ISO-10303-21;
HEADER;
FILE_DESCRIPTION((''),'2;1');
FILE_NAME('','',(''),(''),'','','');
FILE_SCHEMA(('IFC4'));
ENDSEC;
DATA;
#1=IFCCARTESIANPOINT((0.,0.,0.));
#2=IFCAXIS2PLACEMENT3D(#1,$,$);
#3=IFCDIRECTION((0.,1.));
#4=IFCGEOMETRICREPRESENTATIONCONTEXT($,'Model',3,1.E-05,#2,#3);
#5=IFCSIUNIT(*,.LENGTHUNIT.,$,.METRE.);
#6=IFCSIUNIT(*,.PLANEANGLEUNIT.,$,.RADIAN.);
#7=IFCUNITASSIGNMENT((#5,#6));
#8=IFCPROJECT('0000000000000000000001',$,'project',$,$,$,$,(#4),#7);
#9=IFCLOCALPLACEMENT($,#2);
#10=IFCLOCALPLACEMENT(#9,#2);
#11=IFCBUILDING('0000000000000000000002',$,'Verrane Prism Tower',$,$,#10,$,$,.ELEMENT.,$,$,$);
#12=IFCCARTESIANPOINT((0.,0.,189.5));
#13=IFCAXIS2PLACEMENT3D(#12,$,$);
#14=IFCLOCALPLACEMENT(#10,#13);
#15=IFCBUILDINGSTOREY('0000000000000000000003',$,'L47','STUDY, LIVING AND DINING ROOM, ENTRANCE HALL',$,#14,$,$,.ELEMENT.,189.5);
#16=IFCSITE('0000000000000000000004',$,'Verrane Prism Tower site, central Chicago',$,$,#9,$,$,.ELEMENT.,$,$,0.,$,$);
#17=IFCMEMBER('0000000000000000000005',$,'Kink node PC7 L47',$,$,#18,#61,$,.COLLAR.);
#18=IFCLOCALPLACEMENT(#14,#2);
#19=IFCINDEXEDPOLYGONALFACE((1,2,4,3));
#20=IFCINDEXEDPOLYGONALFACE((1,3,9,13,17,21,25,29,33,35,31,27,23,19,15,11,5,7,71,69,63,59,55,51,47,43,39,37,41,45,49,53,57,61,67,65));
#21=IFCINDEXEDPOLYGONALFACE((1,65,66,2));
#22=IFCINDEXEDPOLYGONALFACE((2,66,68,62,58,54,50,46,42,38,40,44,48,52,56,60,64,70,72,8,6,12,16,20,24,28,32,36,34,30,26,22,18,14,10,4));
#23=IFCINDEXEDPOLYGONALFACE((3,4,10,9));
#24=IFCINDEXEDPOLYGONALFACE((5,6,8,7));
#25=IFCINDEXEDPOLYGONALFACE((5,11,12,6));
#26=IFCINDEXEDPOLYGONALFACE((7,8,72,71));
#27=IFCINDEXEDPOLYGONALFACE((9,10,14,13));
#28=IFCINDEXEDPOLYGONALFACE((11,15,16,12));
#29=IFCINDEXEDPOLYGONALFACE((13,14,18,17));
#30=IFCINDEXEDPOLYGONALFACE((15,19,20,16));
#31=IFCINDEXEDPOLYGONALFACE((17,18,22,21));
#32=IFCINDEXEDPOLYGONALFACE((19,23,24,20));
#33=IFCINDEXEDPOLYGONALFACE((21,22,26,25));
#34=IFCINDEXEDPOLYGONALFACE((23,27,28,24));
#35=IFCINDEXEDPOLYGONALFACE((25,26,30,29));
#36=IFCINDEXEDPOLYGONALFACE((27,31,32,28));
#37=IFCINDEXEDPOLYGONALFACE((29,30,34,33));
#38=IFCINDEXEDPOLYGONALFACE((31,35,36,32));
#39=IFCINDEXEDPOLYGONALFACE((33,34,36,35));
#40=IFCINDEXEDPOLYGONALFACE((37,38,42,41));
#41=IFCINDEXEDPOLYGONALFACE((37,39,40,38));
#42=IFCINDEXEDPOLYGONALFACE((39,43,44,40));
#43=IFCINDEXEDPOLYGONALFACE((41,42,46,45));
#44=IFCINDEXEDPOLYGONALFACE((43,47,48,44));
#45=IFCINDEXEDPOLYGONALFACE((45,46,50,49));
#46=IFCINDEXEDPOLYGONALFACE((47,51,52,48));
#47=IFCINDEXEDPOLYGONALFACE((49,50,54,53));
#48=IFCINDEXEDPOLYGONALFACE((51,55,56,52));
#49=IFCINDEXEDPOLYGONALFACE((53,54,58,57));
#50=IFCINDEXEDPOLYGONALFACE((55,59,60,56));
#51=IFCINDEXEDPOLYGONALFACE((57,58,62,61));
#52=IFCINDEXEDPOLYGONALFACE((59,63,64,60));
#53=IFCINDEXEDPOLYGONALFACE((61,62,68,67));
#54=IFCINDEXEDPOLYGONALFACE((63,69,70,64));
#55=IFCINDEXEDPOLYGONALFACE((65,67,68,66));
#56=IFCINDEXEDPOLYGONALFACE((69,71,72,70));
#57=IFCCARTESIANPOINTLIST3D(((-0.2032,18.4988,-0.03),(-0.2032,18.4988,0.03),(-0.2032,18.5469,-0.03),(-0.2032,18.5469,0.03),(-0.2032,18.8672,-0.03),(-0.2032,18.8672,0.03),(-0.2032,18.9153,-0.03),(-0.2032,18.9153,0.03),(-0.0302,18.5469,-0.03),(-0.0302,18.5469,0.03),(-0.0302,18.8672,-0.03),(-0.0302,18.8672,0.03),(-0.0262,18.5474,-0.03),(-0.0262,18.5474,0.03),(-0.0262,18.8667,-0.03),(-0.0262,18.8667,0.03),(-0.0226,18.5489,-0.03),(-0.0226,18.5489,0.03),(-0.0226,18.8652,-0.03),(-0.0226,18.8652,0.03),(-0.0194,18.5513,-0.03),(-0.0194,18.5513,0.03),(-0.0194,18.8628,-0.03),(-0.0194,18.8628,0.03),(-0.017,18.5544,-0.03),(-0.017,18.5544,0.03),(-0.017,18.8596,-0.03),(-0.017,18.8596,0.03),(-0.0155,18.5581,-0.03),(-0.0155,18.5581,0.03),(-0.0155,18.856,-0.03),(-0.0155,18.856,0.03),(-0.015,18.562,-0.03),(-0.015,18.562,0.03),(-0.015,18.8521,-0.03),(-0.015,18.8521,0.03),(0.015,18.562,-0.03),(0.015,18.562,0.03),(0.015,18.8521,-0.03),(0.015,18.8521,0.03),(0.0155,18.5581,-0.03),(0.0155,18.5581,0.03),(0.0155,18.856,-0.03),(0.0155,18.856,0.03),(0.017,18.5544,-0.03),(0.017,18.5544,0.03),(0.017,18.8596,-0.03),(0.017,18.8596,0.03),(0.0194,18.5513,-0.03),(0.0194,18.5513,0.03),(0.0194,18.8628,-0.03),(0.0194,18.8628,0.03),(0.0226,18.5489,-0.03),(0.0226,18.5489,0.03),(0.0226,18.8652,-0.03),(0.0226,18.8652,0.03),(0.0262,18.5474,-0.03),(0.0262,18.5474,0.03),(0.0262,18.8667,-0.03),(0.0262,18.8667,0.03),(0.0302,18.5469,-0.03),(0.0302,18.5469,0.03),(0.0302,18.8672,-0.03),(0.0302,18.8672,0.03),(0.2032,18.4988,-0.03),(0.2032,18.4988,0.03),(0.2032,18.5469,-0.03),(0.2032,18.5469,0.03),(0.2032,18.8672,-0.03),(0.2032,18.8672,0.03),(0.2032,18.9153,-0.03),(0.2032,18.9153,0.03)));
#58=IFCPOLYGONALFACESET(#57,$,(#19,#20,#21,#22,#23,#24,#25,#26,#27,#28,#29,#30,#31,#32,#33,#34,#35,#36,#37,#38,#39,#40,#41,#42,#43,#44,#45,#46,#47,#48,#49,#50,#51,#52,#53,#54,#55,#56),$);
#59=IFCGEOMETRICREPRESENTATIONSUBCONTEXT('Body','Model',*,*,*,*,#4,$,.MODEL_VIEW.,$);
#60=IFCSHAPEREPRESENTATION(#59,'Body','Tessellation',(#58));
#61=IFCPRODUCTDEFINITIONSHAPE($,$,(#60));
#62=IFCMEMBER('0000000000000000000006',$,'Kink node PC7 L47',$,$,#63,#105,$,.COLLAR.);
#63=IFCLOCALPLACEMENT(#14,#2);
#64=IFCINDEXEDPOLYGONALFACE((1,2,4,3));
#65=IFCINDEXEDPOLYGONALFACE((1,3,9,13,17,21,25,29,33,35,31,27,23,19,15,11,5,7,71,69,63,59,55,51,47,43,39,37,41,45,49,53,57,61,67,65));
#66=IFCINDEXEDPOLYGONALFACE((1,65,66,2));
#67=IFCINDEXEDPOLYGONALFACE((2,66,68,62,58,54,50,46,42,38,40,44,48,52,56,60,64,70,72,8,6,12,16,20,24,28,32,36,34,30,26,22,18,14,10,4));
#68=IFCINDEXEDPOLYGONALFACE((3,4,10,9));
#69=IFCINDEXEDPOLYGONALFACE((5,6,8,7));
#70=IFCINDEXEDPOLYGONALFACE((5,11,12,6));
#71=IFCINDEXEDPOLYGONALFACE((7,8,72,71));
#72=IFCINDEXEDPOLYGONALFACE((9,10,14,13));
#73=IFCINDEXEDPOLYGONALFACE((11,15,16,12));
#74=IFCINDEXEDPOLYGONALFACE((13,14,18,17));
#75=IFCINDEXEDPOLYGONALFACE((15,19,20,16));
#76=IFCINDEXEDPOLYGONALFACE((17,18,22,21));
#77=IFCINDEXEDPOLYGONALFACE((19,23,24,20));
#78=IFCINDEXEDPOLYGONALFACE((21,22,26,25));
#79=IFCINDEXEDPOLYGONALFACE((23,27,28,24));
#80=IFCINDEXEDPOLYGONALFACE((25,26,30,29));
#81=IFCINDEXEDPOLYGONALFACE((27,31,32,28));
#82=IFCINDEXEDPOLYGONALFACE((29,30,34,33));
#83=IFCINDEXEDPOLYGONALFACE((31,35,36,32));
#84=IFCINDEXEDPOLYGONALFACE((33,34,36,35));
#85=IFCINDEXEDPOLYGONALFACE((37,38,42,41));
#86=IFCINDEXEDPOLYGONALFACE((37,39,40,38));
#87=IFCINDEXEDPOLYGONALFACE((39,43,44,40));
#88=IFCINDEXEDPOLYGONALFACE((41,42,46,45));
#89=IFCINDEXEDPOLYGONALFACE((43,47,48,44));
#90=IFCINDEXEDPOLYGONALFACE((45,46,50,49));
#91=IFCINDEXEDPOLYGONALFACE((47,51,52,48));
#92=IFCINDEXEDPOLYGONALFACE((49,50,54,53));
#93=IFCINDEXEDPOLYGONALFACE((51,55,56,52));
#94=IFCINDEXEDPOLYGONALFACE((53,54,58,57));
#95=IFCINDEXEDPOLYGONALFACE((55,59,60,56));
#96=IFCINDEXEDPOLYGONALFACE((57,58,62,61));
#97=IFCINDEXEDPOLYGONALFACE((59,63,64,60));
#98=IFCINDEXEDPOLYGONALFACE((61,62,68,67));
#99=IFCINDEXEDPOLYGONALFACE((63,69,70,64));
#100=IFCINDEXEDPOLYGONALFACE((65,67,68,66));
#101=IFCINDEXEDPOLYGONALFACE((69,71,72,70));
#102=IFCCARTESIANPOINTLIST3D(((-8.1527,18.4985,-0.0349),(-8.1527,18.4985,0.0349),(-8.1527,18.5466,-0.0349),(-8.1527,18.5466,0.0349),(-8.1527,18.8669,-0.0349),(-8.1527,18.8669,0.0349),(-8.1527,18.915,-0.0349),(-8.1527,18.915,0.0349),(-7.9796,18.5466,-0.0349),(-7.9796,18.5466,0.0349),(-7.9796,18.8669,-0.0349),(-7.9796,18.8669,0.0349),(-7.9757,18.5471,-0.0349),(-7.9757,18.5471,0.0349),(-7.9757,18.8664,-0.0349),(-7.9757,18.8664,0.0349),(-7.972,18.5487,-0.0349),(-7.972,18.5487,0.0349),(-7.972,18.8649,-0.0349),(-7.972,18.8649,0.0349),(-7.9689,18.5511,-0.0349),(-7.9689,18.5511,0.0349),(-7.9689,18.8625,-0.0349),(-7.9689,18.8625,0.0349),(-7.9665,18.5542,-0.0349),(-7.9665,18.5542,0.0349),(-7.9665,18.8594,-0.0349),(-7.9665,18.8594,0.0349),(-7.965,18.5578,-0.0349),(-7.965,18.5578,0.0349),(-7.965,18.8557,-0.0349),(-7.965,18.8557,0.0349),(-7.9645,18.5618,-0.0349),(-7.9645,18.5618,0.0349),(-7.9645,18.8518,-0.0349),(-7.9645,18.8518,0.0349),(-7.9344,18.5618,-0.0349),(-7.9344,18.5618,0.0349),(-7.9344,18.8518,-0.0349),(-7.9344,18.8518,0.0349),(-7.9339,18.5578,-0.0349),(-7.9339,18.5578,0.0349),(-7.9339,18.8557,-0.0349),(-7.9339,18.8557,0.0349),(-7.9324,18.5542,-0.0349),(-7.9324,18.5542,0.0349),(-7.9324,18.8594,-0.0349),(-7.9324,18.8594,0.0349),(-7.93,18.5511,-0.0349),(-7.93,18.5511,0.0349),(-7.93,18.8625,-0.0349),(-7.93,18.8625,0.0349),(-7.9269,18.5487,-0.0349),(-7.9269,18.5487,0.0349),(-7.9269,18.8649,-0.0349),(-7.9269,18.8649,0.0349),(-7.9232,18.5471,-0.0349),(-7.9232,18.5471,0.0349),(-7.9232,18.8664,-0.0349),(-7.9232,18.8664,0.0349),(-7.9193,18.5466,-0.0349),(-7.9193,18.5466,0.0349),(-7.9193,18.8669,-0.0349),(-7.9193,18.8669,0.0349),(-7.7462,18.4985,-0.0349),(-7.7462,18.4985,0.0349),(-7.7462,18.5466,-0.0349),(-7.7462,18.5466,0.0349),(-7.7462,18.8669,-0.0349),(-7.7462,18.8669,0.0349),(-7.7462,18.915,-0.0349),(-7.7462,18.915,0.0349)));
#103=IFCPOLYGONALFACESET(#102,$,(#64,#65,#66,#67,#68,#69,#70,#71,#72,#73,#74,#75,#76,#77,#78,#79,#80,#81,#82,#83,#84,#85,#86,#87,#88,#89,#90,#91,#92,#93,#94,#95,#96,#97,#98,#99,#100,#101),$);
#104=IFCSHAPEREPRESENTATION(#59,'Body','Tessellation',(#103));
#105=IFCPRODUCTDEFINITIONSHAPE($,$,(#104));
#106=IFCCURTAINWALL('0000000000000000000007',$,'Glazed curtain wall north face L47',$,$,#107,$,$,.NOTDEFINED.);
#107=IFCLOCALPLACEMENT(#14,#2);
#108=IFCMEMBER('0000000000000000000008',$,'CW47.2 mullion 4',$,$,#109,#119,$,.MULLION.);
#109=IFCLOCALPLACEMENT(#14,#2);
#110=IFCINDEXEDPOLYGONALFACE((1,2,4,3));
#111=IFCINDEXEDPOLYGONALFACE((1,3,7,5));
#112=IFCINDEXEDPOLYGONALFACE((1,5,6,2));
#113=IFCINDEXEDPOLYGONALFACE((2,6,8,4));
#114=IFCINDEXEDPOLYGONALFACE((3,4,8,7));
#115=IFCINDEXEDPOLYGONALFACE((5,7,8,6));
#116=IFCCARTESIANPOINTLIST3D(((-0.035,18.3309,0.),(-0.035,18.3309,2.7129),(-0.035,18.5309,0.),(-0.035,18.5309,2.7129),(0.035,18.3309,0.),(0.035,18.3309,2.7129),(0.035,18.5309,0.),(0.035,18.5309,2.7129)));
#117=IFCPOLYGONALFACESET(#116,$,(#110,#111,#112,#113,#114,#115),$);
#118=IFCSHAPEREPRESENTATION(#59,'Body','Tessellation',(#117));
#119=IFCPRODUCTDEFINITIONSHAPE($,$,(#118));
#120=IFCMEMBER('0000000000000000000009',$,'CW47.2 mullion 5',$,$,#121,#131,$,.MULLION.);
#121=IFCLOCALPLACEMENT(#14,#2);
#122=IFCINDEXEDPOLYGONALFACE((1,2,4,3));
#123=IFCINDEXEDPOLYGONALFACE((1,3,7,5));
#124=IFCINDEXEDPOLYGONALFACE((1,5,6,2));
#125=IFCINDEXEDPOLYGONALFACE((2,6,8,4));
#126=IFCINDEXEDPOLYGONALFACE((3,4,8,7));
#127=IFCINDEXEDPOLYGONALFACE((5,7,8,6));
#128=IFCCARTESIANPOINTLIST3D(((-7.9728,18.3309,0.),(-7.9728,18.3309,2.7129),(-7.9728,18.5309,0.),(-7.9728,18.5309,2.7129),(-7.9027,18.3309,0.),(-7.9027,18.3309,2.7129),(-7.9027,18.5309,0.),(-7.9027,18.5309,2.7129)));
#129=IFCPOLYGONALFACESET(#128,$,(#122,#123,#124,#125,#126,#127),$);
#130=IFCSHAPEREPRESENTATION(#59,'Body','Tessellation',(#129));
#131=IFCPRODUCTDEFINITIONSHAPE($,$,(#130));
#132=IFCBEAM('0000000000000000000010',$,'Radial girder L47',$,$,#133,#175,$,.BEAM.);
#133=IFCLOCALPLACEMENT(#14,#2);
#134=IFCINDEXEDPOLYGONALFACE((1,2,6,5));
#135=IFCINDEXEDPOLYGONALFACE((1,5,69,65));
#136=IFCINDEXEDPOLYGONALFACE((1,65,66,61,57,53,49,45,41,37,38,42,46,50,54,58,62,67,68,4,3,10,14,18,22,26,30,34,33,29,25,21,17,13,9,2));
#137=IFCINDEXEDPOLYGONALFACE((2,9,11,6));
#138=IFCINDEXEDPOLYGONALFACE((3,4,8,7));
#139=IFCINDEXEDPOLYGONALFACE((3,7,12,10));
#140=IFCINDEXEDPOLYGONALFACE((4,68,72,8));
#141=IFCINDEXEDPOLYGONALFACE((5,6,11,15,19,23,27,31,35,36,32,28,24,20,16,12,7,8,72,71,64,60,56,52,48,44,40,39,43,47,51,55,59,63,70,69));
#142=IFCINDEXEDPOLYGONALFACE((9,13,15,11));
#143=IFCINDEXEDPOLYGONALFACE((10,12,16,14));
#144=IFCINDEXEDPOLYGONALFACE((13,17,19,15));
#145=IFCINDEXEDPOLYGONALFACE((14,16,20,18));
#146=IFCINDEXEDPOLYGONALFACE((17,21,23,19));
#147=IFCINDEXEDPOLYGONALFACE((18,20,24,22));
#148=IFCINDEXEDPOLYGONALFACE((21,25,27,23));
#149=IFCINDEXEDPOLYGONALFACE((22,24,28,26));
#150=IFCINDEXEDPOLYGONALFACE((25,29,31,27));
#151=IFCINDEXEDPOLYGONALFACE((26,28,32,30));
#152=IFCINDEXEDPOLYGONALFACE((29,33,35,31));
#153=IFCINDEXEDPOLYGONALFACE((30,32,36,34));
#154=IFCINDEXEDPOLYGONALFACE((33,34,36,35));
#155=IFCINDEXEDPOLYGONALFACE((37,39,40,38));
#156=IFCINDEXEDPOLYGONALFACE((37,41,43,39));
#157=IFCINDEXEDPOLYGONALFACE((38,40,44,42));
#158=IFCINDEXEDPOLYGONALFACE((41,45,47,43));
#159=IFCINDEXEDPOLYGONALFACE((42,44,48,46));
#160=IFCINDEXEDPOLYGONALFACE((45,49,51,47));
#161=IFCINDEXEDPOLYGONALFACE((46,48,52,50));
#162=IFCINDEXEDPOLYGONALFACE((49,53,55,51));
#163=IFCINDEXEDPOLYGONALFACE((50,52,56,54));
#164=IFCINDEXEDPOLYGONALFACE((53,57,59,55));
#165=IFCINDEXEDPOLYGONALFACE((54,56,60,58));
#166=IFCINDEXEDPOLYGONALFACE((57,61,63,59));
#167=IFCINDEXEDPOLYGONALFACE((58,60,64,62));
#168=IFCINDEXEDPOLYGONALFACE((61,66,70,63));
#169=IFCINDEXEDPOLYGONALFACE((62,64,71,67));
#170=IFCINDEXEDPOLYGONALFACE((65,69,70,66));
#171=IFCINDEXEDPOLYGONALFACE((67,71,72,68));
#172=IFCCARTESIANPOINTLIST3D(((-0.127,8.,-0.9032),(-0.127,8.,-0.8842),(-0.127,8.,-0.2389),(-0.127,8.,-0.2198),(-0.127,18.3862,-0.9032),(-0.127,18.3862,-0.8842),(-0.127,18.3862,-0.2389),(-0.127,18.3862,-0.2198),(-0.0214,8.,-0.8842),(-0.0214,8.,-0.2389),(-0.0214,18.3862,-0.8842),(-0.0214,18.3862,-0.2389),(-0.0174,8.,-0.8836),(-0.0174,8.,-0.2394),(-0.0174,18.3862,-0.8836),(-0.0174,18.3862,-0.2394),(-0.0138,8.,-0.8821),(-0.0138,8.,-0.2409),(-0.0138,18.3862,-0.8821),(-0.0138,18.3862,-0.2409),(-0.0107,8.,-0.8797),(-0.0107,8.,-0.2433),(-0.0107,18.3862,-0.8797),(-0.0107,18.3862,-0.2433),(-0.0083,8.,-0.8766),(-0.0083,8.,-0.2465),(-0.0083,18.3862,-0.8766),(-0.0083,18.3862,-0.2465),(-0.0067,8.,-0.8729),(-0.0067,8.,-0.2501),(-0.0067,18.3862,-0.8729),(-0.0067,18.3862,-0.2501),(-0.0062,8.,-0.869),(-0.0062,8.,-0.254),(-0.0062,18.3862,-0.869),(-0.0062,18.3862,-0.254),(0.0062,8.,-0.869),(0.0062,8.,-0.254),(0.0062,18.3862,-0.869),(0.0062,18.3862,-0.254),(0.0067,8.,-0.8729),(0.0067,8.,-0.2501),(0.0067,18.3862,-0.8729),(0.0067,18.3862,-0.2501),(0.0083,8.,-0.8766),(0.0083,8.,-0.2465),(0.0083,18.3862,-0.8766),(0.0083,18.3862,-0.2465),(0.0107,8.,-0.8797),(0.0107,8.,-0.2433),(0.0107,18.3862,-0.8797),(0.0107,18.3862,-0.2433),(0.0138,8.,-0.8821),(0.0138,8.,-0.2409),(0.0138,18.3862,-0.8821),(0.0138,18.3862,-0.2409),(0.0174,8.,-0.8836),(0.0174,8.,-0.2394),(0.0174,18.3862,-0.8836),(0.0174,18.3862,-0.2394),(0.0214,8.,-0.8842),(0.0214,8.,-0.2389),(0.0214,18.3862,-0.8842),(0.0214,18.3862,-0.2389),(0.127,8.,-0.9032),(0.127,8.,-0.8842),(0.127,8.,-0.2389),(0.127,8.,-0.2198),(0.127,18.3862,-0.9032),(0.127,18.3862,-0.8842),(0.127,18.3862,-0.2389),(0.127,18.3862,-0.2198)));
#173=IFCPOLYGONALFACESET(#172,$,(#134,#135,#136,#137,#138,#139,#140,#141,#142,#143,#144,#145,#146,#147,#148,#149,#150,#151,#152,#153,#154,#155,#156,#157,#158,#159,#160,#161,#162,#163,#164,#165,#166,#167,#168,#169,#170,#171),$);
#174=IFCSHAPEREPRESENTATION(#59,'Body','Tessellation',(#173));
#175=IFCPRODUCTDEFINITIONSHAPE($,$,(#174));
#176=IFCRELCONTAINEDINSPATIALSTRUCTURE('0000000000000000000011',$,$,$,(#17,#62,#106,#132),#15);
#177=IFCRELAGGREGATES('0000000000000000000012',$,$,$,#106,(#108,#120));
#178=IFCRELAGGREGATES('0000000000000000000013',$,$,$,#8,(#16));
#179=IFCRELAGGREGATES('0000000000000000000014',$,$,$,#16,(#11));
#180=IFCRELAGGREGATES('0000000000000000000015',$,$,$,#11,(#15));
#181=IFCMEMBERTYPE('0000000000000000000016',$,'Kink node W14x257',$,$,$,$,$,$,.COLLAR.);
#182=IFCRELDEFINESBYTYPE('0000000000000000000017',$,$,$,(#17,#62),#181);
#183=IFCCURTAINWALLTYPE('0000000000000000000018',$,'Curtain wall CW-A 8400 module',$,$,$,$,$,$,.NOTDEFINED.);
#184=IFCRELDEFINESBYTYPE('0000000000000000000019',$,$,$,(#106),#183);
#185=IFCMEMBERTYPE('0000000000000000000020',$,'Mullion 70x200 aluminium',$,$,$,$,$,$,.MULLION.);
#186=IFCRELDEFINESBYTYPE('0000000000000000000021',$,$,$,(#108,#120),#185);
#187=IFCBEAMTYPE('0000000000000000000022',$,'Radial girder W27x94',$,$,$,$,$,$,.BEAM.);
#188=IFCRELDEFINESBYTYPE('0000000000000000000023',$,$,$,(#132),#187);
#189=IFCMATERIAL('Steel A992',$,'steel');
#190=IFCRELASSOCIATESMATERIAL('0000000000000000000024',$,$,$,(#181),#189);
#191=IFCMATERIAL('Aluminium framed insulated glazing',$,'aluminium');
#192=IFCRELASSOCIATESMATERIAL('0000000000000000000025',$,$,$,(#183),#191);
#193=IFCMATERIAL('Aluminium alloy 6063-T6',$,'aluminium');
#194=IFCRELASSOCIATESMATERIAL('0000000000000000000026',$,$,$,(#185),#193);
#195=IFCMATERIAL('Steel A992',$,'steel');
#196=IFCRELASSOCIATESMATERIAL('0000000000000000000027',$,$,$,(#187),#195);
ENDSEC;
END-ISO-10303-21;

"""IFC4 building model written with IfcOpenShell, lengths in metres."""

from ifc_helpers import new_model, si_unit, direction, frame, origin, origin_2d, place, context, subcontext, project, spatial, rectangle, i_section, extrude, material, material_profile, profile_set, type_object, element, aggregate, save


model = new_model("IFC4")

# Units and contexts
model_context = context("Model", 3, precision=1e-05, world=origin(), true_north=direction((0.0, 1.0)))
body_context = subcontext(model_context, "Body", "Model", "MODEL_VIEW")
ifc_project = project(units=[si_unit("LENGTHUNIT", "METRE"), si_unit("PLANEANGLEUNIT", "RADIAN")], contexts=[model_context])

# Site, building, storey
site_placement = place(None, origin())
site = spatial("IfcSite", under=ifc_project, at=site_placement, Name="Verrane Prism Tower site, central Chicago", CompositionType="ELEMENT", RefElevation=0.0)
building_placement = place(site_placement, origin())
building = spatial("IfcBuilding", under=site, at=building_placement, Name="Verrane Prism Tower", CompositionType="ELEMENT")
storey_placement = place(building_placement, frame((0.0, 0.0, 189.5)))
storey = spatial("IfcBuildingStorey", under=building, at=storey_placement, Name="L47", Description="STUDY, LIVING AND DINING ROOM, ENTRANCE HALL", CompositionType="ELEMENT", Elevation=189.5)

# Members
ifc_material_1 = material(Name="Steel A992", Category="steel")
ifc_material_profile_1 = material_profile(ifc_material_1, i_section(OverallWidth=0.4065, OverallDepth=0.4165, WebThickness=0.03, FlangeThickness=0.0481, FilletRadius=0.0151, at=origin_2d()), Name="W14x257")
ifc_profile_set_1 = profile_set([ifc_material_profile_1], Name="Steel A992")
member_type_1 = type_object("IfcMemberType", Name="Kink node W14x257", PredefinedType="COLLAR", material=ifc_profile_set_1)
member_1_placement = place(storey_placement, frame((0.0, 18.707, -0.03), z_axis=(0.0, 0.0, 1.0), x_axis=(1.0, 0.0, 0.0)))
element("IfcMember", 1, at=member_1_placement, inside=storey, type_object=member_type_1, Name="Kink node PC7 L47", PredefinedType="COLLAR", context=body_context, shape_type="SweptSolid", body=[
    extrude(i_section(OverallWidth=0.4065, OverallDepth=0.4165, WebThickness=0.03, FlangeThickness=0.0481, FilletRadius=0.0151, at=origin_2d()), origin(), (0.0, 0.0, 1.0), 0.0601),
])
member_2_placement = place(storey_placement, frame((-7.9495, 18.7068, -0.0349), z_axis=(0.0, 0.0, 1.0), x_axis=(1.0, 0.0, 0.0)))
element("IfcMember", 2, at=member_2_placement, inside=storey, type_object=member_type_1, Name="Kink node PC7 L47", PredefinedType="COLLAR", context=body_context, shape_type="SweptSolid", body=[
    extrude(i_section(OverallWidth=0.4065, OverallDepth=0.4165, WebThickness=0.03, FlangeThickness=0.0481, FilletRadius=0.0151, at=origin_2d()), origin(), (0.0, 0.0, 1.0), 0.0698),
])

# Curtain wall, members
ifc_material_2 = material(Name="Aluminium framed insulated glazing", Category="aluminium")
curtain_wall_type = type_object("IfcCurtainWallType", Name="Curtain wall CW-A 8400 module", PredefinedType="NOTDEFINED", material=ifc_material_2)
curtain_wall_placement = place(storey_placement, origin())
curtain_wall = element("IfcCurtainWall", 3, at=curtain_wall_placement, inside=storey, type_object=curtain_wall_type, Name="Glazed curtain wall north face L47", PredefinedType="NOTDEFINED")
ifc_material_3 = material(Name="Aluminium alloy 6063-T6", Category="aluminium")
ifc_material_profile_2 = material_profile(ifc_material_3, rectangle(XDim=0.2, YDim=0.0701, at=origin_2d()), Name="Mullion 70x200 aluminium")
ifc_profile_set_2 = profile_set([ifc_material_profile_2], Name="Aluminium alloy 6063-T6")
member_type_2 = type_object("IfcMemberType", Name="Mullion 70x200 aluminium", PredefinedType="MULLION", material=ifc_profile_set_2)
member_3_placement = place(storey_placement, frame((0.0, 18.4309, 0.0), z_axis=(0.0, 0.0, 1.0), x_axis=(0.0, -1.0, 0.0)))
member_3 = element("IfcMember", 4, at=member_3_placement, type_object=member_type_2, Name="CW47.2 mullion 4", PredefinedType="MULLION", context=body_context, shape_type="SweptSolid", body=[
    extrude(rectangle(XDim=0.2, YDim=0.0701, at=origin_2d()), origin(), (0.0, 0.0, 1.0), 2.7129),
])
member_4_placement = place(storey_placement, frame((-7.9377, 18.4309, 0.0), z_axis=(0.0, 0.0, 1.0), x_axis=(0.0, -1.0, 0.0)))
member_4 = element("IfcMember", 5, at=member_4_placement, type_object=member_type_2, Name="CW47.2 mullion 5", PredefinedType="MULLION", context=body_context, shape_type="SweptSolid", body=[
    extrude(rectangle(XDim=0.2, YDim=0.0701, at=origin_2d()), origin(), (0.0, 0.0, 1.0), 2.7129),
])

# Beam
ifc_material_4 = material(Name="Steel A992", Category="steel")
ifc_material_profile_3 = material_profile(ifc_material_4, i_section(OverallWidth=0.2539, OverallDepth=0.6833, WebThickness=0.0125, FlangeThickness=0.019, FilletRadius=0.0151, at=origin_2d()), Name="W27x94")
ifc_profile_set_3 = profile_set([ifc_material_profile_3], Name="Steel A992")
beam_type_1 = type_object("IfcBeamType", Name="Radial girder W27x94", PredefinedType="BEAM", material=ifc_profile_set_3)
for number, where, z_axis, x_axis, name in (
    (6, (0.0, 18.3862, -0.5615), (0.0, -1.0, 0.0), (1.0, 0.0, 0.0), "Radial girder L47"),
):
    element("IfcBeam", number, at=place(storey_placement, frame(where, z_axis=z_axis, x_axis=x_axis)), inside=storey, type_object=beam_type_1, Name=name, PredefinedType="BEAM", context=body_context, shape_type="SweptSolid", body=[
        extrude(i_section(OverallWidth=0.2539, OverallDepth=0.6833, WebThickness=0.0125, FlangeThickness=0.019, FilletRadius=0.0151, at=origin_2d()), origin(), (0.0, 0.0, 1.0), 10.3862),
    ])

aggregate(curtain_wall, [member_3, member_4])

save(model, "model.ifc")
